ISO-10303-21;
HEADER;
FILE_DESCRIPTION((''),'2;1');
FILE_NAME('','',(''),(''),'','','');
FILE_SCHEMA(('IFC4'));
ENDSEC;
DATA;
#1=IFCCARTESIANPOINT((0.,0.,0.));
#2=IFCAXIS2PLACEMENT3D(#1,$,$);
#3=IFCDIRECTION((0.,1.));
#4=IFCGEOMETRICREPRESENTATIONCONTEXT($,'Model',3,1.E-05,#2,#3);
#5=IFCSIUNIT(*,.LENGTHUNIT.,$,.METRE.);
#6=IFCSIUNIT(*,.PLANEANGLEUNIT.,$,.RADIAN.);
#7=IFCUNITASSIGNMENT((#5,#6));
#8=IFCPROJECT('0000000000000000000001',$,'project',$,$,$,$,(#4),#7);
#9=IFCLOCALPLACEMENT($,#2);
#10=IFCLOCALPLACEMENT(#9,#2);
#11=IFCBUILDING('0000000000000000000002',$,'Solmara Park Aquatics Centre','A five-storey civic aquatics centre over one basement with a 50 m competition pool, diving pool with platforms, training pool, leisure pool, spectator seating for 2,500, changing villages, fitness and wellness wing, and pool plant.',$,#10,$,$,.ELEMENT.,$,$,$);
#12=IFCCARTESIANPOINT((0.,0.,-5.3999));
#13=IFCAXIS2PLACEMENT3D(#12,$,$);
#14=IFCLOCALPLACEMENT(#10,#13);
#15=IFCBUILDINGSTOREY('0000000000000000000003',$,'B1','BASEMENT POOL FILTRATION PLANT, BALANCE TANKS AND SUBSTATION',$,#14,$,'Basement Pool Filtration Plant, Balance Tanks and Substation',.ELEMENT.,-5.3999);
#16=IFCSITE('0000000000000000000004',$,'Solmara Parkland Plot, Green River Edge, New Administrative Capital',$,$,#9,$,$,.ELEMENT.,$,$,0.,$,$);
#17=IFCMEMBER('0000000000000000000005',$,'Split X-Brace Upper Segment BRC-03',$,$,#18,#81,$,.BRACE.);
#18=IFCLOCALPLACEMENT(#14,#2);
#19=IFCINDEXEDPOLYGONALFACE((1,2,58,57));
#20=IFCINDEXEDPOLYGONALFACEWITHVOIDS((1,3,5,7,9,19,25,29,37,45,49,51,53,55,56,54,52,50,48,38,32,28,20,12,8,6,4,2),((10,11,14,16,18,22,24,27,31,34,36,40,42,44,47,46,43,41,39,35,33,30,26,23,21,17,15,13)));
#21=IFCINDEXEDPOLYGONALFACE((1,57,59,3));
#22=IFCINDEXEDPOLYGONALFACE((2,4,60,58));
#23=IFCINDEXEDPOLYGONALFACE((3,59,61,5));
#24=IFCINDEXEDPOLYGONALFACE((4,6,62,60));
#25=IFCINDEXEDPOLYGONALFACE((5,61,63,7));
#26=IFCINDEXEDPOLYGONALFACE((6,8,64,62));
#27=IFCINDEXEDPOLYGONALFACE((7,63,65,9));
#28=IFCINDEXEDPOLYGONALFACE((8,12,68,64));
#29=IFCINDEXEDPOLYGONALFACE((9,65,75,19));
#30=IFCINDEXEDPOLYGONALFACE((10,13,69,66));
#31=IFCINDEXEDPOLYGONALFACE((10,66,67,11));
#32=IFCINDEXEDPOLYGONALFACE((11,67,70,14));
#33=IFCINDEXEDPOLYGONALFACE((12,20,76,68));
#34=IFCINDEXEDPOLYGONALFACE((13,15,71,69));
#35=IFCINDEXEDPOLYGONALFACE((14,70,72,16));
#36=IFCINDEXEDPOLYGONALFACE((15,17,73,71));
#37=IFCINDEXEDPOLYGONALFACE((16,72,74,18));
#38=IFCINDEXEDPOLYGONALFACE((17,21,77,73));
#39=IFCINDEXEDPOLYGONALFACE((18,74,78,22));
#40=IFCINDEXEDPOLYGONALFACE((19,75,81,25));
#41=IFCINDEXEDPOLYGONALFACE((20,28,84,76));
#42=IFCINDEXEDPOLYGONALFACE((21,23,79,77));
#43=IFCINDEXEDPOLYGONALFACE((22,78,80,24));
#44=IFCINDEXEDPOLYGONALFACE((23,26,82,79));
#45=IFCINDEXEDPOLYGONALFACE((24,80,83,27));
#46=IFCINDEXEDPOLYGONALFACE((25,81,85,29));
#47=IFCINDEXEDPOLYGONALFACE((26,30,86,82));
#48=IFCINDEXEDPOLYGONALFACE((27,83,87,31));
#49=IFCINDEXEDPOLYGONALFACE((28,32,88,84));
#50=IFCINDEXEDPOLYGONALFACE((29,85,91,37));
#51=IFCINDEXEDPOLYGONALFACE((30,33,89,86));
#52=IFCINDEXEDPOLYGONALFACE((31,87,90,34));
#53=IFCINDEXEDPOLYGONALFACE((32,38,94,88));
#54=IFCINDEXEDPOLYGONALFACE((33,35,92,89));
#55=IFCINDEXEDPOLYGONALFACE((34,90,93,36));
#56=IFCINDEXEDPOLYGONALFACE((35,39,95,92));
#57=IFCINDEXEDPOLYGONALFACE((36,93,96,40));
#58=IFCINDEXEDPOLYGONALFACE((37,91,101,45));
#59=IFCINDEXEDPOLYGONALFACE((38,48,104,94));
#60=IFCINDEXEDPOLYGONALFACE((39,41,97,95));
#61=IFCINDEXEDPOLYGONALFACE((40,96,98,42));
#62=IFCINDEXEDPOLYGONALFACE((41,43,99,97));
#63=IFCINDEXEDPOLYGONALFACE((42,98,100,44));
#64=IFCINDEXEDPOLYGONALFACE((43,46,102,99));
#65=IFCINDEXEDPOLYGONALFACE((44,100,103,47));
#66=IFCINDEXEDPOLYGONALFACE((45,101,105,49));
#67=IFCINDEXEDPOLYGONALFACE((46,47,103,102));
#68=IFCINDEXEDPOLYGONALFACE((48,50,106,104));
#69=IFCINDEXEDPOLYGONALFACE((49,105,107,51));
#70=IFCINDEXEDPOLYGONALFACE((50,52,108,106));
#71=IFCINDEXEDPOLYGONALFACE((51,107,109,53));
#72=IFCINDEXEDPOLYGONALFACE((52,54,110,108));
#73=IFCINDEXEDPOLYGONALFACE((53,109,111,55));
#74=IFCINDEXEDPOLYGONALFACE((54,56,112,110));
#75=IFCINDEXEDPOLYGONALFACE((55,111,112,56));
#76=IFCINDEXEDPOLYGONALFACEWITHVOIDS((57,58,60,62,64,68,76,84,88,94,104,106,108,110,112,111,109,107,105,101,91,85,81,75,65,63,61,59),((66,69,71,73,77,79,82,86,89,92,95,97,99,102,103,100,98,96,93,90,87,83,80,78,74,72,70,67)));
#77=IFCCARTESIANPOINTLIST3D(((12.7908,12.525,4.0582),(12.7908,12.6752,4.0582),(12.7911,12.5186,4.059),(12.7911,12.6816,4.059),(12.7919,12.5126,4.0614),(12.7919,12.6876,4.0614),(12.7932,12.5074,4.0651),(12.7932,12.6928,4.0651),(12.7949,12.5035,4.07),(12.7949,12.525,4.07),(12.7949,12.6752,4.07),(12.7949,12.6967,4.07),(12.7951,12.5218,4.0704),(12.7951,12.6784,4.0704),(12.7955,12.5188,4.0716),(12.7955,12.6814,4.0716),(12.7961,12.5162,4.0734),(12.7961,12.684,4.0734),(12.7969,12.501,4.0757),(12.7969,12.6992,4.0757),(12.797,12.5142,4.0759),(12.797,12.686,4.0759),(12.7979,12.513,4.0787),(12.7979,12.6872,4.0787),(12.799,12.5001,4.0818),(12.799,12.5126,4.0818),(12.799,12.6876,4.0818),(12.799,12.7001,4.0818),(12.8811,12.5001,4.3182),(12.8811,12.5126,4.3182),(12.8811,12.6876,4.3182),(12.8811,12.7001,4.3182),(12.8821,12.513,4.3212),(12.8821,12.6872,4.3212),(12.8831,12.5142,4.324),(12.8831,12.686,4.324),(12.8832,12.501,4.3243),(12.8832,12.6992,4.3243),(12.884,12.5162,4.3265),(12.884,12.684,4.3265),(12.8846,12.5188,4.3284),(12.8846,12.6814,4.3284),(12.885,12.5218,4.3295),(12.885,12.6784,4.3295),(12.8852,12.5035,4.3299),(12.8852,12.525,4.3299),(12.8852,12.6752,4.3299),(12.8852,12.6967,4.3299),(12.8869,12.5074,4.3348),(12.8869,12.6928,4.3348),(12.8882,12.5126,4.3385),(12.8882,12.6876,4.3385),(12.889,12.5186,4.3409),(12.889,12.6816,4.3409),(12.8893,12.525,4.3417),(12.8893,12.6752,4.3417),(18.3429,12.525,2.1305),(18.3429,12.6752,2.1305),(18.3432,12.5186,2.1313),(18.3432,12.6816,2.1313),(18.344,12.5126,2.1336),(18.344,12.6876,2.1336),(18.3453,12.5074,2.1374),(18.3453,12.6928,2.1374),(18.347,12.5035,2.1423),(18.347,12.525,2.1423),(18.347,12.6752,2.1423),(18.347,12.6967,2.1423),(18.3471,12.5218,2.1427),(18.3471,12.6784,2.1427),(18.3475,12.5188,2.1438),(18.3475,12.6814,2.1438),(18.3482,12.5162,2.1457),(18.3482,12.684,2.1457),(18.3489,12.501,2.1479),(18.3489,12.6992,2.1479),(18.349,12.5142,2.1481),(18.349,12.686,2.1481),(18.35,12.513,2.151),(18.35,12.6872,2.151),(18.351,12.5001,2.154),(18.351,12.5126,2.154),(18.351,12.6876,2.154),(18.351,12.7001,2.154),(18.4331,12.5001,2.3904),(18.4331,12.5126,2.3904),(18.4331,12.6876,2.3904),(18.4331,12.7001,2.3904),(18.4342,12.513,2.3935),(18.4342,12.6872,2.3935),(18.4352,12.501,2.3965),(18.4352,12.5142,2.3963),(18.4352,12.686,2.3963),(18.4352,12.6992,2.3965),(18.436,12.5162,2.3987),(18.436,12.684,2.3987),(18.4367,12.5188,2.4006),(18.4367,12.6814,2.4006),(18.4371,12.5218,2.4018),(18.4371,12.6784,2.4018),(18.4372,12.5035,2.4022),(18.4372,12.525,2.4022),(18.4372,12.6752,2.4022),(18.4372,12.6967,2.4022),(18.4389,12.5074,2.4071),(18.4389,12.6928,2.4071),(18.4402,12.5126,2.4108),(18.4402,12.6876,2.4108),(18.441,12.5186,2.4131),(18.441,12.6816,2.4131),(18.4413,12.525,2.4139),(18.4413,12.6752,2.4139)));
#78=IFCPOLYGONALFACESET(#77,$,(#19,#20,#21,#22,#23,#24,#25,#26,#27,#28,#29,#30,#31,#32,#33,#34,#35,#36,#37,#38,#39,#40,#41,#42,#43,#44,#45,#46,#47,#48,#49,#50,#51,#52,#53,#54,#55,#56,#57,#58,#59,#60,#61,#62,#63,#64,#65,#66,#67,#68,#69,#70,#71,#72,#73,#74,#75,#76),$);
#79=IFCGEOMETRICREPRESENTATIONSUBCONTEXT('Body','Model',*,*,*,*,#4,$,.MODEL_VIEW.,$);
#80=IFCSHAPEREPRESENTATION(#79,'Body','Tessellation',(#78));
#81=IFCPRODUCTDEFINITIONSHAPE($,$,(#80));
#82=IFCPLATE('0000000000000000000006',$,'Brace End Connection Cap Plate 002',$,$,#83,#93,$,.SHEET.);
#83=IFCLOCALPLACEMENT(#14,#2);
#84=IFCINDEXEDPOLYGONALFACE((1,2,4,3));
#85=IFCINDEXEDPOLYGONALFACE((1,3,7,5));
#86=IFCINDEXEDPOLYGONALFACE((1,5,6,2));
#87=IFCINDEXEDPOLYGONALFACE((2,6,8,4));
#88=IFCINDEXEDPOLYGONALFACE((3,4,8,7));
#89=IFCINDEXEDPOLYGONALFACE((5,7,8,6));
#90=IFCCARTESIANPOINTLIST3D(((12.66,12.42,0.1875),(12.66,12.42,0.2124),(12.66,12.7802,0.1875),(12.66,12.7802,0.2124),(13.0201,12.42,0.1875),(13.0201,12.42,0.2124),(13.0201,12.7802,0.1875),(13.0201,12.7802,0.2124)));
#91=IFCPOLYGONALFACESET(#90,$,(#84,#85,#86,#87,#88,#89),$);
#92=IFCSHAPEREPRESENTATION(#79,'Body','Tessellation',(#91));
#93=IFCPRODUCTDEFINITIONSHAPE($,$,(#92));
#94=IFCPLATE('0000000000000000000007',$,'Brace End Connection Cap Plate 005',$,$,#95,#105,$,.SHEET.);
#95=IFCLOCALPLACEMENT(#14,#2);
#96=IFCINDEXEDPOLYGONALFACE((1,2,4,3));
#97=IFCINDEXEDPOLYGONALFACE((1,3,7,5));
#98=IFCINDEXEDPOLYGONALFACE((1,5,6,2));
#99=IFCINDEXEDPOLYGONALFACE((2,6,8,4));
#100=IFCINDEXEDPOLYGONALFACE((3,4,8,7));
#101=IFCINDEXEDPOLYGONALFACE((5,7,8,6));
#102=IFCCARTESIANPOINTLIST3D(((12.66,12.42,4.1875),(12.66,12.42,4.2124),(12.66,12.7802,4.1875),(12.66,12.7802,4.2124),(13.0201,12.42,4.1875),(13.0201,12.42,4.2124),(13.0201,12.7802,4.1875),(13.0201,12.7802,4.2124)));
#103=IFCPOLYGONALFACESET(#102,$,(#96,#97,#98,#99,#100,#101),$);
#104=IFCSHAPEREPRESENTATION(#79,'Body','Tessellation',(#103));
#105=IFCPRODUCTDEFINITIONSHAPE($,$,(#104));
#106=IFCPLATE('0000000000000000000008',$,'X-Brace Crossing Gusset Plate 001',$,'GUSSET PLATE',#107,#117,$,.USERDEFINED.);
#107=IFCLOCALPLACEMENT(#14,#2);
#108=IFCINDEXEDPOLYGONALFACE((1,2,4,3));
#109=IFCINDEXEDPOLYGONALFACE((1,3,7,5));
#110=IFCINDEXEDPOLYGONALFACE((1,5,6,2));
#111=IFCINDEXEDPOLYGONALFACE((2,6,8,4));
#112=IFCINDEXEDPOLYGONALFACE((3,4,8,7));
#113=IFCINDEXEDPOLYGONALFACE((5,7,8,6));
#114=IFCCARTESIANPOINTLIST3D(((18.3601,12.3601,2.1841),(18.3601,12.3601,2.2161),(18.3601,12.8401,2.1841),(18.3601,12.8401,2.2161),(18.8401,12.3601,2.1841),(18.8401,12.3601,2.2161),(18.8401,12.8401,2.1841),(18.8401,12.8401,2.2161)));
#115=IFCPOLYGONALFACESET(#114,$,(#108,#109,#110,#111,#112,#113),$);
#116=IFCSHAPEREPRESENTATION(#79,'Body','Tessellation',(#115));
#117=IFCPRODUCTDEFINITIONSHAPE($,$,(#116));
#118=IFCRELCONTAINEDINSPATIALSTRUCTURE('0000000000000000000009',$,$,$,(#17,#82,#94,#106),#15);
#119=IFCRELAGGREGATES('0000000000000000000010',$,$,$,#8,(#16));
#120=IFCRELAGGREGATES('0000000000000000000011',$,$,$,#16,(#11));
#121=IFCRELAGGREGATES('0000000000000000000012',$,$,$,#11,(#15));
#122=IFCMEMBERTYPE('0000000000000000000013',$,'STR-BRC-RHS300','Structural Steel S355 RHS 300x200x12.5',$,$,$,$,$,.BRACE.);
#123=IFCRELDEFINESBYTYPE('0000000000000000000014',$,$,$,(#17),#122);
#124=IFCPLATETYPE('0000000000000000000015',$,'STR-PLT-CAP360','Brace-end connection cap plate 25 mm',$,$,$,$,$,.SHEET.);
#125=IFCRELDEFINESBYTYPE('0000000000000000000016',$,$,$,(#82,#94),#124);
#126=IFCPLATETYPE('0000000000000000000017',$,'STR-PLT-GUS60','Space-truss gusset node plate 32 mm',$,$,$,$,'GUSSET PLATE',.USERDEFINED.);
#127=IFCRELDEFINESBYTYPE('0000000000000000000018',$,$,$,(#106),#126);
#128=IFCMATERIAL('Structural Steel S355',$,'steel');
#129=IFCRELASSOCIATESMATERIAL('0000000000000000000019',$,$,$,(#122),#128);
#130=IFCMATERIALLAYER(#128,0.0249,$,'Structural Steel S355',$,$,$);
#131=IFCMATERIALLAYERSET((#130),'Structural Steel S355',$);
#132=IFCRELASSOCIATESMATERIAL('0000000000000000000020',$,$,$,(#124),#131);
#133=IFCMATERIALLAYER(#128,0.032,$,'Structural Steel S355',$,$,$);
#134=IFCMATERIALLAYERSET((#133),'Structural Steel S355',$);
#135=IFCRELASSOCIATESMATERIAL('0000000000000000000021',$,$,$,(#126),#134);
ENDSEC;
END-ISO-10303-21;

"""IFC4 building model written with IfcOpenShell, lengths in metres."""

from ifc_helpers import new_model, si_unit, direction, frame, origin, origin_2d, place, context, subcontext, project, spatial, rectangle, hollow_rectangle, extrude, material, layer, layer_set, material_profile, profile_set, type_object, element, save


model = new_model("IFC4")

# Units and contexts
model_context = context("Model", 3, precision=1e-05, world=origin(), true_north=direction((0.0, 1.0)))
body_context = subcontext(model_context, "Body", "Model", "MODEL_VIEW")
ifc_project = project(units=[si_unit("LENGTHUNIT", "METRE"), si_unit("PLANEANGLEUNIT", "RADIAN")], contexts=[model_context])

# Site, building, storey
site_placement = place(None, origin())
site = spatial("IfcSite", under=ifc_project, at=site_placement, Name="Solmara Parkland Plot, Green River Edge, New Administrative Capital", CompositionType="ELEMENT", RefElevation=0.0)
building_placement = place(site_placement, origin())
building = spatial("IfcBuilding", under=site, at=building_placement, Name="Solmara Park Aquatics Centre", Description="A five-storey civic aquatics centre over one basement with a 50 m competition pool, diving pool with platforms, training pool, leisure pool, spectator seating for 2,500, changing villages, fitness and wellness wing, and pool plant.", CompositionType="ELEMENT")
storey_placement = place(building_placement, frame((0.0, 0.0, -5.3999)))
storey = spatial("IfcBuildingStorey", under=building, at=storey_placement, Name="B1", Description="BASEMENT POOL FILTRATION PLANT, BALANCE TANKS AND SUBSTATION", LongName="Basement Pool Filtration Plant, Balance Tanks and Substation", CompositionType="ELEMENT", Elevation=-5.3999)

# Shared definitions
ifc_material_1 = material(Name="Structural Steel S355", Category="steel")

# Member
ifc_material_profile_1 = material_profile(ifc_material_1, hollow_rectangle(XDim=0.2, YDim=0.3, WallThickness=0.0125, InnerFilletRadius=0.0125, OuterFilletRadius=0.0249, at=origin_2d()), Name="RHS 300x200x12.5")
ifc_profile_set_1 = profile_set([ifc_material_profile_1], Name="Structural Steel S355")
member_type = type_object("IfcMemberType", Name="STR-BRC-RHS300", Description="Structural Steel S355 RHS 300x200x12.5", PredefinedType="BRACE", material=ifc_profile_set_1)
member_1_placement = place(storey_placement, frame((18.3921, 12.6001, 2.2722), z_axis=(-0.944676, 0.0, 0.328005), x_axis=(0.0, -1.0, 0.0)))
element("IfcMember", 1, at=member_1_placement, inside=storey, type_object=member_type, Name="Split X-Brace Upper Segment BRC-03", PredefinedType="BRACE", context=body_context, shape_type="SweptSolid", body=[
    extrude(hollow_rectangle(XDim=0.2, YDim=0.3, WallThickness=0.0125, InnerFilletRadius=0.0125, OuterFilletRadius=0.0249, at=origin_2d()), origin(), (0.0, 0.0, 1.0), 5.8772),
])

# Plates
ifc_layer_1 = layer(ifc_material_1, 0.0249, Name="Structural Steel S355")
ifc_layer_set_1 = layer_set([ifc_layer_1], Name="Structural Steel S355")
plate_type_1 = type_object("IfcPlateType", Name="STR-PLT-CAP360", Description="Brace-end connection cap plate 25 mm", PredefinedType="SHEET", material=ifc_layer_set_1)
for number, where, z_axis, x_axis, name in (
    (2, (12.8401, 12.6001, 0.1875), (0.0, 0.0, 1.0), (1.0, 0.0, 0.0), "Brace End Connection Cap Plate 002"),
    (3, (12.8401, 12.6001, 4.1875), (0.0, 0.0, 1.0), (1.0, 0.0, 0.0), "Brace End Connection Cap Plate 005"),
):
    element("IfcPlate", number, at=place(storey_placement, frame(where, z_axis=z_axis, x_axis=x_axis)), inside=storey, type_object=plate_type_1, Name=name, PredefinedType="SHEET", context=body_context, shape_type="SweptSolid", body=[
        extrude(rectangle(XDim=0.3601, YDim=0.3601, at=origin_2d()), origin(), (0.0, 0.0, 1.0), 0.0249),
    ])
ifc_layer_2 = layer(ifc_material_1, 0.032, Name="Structural Steel S355")
ifc_layer_set_2 = layer_set([ifc_layer_2], Name="Structural Steel S355")
plate_type_2 = type_object("IfcPlateType", Name="STR-PLT-GUS60", Description="Space-truss gusset node plate 32 mm", ElementType="GUSSET PLATE", PredefinedType="USERDEFINED", material=ifc_layer_set_2)
plate_placement = place(storey_placement, frame((18.6001, 12.6001, 2.1841), z_axis=(0.0, 0.0, 1.0), x_axis=(1.0, 0.0, 0.0)))
element("IfcPlate", 4, at=plate_placement, inside=storey, type_object=plate_type_2, Name="X-Brace Crossing Gusset Plate 001", ObjectType="GUSSET PLATE", PredefinedType="USERDEFINED", context=body_context, shape_type="SweptSolid", body=[
    extrude(rectangle(XDim=0.48, YDim=0.48, at=origin_2d()), origin(), (0.0, 0.0, 1.0), 0.032),
])

save(model, "model.ifc")
